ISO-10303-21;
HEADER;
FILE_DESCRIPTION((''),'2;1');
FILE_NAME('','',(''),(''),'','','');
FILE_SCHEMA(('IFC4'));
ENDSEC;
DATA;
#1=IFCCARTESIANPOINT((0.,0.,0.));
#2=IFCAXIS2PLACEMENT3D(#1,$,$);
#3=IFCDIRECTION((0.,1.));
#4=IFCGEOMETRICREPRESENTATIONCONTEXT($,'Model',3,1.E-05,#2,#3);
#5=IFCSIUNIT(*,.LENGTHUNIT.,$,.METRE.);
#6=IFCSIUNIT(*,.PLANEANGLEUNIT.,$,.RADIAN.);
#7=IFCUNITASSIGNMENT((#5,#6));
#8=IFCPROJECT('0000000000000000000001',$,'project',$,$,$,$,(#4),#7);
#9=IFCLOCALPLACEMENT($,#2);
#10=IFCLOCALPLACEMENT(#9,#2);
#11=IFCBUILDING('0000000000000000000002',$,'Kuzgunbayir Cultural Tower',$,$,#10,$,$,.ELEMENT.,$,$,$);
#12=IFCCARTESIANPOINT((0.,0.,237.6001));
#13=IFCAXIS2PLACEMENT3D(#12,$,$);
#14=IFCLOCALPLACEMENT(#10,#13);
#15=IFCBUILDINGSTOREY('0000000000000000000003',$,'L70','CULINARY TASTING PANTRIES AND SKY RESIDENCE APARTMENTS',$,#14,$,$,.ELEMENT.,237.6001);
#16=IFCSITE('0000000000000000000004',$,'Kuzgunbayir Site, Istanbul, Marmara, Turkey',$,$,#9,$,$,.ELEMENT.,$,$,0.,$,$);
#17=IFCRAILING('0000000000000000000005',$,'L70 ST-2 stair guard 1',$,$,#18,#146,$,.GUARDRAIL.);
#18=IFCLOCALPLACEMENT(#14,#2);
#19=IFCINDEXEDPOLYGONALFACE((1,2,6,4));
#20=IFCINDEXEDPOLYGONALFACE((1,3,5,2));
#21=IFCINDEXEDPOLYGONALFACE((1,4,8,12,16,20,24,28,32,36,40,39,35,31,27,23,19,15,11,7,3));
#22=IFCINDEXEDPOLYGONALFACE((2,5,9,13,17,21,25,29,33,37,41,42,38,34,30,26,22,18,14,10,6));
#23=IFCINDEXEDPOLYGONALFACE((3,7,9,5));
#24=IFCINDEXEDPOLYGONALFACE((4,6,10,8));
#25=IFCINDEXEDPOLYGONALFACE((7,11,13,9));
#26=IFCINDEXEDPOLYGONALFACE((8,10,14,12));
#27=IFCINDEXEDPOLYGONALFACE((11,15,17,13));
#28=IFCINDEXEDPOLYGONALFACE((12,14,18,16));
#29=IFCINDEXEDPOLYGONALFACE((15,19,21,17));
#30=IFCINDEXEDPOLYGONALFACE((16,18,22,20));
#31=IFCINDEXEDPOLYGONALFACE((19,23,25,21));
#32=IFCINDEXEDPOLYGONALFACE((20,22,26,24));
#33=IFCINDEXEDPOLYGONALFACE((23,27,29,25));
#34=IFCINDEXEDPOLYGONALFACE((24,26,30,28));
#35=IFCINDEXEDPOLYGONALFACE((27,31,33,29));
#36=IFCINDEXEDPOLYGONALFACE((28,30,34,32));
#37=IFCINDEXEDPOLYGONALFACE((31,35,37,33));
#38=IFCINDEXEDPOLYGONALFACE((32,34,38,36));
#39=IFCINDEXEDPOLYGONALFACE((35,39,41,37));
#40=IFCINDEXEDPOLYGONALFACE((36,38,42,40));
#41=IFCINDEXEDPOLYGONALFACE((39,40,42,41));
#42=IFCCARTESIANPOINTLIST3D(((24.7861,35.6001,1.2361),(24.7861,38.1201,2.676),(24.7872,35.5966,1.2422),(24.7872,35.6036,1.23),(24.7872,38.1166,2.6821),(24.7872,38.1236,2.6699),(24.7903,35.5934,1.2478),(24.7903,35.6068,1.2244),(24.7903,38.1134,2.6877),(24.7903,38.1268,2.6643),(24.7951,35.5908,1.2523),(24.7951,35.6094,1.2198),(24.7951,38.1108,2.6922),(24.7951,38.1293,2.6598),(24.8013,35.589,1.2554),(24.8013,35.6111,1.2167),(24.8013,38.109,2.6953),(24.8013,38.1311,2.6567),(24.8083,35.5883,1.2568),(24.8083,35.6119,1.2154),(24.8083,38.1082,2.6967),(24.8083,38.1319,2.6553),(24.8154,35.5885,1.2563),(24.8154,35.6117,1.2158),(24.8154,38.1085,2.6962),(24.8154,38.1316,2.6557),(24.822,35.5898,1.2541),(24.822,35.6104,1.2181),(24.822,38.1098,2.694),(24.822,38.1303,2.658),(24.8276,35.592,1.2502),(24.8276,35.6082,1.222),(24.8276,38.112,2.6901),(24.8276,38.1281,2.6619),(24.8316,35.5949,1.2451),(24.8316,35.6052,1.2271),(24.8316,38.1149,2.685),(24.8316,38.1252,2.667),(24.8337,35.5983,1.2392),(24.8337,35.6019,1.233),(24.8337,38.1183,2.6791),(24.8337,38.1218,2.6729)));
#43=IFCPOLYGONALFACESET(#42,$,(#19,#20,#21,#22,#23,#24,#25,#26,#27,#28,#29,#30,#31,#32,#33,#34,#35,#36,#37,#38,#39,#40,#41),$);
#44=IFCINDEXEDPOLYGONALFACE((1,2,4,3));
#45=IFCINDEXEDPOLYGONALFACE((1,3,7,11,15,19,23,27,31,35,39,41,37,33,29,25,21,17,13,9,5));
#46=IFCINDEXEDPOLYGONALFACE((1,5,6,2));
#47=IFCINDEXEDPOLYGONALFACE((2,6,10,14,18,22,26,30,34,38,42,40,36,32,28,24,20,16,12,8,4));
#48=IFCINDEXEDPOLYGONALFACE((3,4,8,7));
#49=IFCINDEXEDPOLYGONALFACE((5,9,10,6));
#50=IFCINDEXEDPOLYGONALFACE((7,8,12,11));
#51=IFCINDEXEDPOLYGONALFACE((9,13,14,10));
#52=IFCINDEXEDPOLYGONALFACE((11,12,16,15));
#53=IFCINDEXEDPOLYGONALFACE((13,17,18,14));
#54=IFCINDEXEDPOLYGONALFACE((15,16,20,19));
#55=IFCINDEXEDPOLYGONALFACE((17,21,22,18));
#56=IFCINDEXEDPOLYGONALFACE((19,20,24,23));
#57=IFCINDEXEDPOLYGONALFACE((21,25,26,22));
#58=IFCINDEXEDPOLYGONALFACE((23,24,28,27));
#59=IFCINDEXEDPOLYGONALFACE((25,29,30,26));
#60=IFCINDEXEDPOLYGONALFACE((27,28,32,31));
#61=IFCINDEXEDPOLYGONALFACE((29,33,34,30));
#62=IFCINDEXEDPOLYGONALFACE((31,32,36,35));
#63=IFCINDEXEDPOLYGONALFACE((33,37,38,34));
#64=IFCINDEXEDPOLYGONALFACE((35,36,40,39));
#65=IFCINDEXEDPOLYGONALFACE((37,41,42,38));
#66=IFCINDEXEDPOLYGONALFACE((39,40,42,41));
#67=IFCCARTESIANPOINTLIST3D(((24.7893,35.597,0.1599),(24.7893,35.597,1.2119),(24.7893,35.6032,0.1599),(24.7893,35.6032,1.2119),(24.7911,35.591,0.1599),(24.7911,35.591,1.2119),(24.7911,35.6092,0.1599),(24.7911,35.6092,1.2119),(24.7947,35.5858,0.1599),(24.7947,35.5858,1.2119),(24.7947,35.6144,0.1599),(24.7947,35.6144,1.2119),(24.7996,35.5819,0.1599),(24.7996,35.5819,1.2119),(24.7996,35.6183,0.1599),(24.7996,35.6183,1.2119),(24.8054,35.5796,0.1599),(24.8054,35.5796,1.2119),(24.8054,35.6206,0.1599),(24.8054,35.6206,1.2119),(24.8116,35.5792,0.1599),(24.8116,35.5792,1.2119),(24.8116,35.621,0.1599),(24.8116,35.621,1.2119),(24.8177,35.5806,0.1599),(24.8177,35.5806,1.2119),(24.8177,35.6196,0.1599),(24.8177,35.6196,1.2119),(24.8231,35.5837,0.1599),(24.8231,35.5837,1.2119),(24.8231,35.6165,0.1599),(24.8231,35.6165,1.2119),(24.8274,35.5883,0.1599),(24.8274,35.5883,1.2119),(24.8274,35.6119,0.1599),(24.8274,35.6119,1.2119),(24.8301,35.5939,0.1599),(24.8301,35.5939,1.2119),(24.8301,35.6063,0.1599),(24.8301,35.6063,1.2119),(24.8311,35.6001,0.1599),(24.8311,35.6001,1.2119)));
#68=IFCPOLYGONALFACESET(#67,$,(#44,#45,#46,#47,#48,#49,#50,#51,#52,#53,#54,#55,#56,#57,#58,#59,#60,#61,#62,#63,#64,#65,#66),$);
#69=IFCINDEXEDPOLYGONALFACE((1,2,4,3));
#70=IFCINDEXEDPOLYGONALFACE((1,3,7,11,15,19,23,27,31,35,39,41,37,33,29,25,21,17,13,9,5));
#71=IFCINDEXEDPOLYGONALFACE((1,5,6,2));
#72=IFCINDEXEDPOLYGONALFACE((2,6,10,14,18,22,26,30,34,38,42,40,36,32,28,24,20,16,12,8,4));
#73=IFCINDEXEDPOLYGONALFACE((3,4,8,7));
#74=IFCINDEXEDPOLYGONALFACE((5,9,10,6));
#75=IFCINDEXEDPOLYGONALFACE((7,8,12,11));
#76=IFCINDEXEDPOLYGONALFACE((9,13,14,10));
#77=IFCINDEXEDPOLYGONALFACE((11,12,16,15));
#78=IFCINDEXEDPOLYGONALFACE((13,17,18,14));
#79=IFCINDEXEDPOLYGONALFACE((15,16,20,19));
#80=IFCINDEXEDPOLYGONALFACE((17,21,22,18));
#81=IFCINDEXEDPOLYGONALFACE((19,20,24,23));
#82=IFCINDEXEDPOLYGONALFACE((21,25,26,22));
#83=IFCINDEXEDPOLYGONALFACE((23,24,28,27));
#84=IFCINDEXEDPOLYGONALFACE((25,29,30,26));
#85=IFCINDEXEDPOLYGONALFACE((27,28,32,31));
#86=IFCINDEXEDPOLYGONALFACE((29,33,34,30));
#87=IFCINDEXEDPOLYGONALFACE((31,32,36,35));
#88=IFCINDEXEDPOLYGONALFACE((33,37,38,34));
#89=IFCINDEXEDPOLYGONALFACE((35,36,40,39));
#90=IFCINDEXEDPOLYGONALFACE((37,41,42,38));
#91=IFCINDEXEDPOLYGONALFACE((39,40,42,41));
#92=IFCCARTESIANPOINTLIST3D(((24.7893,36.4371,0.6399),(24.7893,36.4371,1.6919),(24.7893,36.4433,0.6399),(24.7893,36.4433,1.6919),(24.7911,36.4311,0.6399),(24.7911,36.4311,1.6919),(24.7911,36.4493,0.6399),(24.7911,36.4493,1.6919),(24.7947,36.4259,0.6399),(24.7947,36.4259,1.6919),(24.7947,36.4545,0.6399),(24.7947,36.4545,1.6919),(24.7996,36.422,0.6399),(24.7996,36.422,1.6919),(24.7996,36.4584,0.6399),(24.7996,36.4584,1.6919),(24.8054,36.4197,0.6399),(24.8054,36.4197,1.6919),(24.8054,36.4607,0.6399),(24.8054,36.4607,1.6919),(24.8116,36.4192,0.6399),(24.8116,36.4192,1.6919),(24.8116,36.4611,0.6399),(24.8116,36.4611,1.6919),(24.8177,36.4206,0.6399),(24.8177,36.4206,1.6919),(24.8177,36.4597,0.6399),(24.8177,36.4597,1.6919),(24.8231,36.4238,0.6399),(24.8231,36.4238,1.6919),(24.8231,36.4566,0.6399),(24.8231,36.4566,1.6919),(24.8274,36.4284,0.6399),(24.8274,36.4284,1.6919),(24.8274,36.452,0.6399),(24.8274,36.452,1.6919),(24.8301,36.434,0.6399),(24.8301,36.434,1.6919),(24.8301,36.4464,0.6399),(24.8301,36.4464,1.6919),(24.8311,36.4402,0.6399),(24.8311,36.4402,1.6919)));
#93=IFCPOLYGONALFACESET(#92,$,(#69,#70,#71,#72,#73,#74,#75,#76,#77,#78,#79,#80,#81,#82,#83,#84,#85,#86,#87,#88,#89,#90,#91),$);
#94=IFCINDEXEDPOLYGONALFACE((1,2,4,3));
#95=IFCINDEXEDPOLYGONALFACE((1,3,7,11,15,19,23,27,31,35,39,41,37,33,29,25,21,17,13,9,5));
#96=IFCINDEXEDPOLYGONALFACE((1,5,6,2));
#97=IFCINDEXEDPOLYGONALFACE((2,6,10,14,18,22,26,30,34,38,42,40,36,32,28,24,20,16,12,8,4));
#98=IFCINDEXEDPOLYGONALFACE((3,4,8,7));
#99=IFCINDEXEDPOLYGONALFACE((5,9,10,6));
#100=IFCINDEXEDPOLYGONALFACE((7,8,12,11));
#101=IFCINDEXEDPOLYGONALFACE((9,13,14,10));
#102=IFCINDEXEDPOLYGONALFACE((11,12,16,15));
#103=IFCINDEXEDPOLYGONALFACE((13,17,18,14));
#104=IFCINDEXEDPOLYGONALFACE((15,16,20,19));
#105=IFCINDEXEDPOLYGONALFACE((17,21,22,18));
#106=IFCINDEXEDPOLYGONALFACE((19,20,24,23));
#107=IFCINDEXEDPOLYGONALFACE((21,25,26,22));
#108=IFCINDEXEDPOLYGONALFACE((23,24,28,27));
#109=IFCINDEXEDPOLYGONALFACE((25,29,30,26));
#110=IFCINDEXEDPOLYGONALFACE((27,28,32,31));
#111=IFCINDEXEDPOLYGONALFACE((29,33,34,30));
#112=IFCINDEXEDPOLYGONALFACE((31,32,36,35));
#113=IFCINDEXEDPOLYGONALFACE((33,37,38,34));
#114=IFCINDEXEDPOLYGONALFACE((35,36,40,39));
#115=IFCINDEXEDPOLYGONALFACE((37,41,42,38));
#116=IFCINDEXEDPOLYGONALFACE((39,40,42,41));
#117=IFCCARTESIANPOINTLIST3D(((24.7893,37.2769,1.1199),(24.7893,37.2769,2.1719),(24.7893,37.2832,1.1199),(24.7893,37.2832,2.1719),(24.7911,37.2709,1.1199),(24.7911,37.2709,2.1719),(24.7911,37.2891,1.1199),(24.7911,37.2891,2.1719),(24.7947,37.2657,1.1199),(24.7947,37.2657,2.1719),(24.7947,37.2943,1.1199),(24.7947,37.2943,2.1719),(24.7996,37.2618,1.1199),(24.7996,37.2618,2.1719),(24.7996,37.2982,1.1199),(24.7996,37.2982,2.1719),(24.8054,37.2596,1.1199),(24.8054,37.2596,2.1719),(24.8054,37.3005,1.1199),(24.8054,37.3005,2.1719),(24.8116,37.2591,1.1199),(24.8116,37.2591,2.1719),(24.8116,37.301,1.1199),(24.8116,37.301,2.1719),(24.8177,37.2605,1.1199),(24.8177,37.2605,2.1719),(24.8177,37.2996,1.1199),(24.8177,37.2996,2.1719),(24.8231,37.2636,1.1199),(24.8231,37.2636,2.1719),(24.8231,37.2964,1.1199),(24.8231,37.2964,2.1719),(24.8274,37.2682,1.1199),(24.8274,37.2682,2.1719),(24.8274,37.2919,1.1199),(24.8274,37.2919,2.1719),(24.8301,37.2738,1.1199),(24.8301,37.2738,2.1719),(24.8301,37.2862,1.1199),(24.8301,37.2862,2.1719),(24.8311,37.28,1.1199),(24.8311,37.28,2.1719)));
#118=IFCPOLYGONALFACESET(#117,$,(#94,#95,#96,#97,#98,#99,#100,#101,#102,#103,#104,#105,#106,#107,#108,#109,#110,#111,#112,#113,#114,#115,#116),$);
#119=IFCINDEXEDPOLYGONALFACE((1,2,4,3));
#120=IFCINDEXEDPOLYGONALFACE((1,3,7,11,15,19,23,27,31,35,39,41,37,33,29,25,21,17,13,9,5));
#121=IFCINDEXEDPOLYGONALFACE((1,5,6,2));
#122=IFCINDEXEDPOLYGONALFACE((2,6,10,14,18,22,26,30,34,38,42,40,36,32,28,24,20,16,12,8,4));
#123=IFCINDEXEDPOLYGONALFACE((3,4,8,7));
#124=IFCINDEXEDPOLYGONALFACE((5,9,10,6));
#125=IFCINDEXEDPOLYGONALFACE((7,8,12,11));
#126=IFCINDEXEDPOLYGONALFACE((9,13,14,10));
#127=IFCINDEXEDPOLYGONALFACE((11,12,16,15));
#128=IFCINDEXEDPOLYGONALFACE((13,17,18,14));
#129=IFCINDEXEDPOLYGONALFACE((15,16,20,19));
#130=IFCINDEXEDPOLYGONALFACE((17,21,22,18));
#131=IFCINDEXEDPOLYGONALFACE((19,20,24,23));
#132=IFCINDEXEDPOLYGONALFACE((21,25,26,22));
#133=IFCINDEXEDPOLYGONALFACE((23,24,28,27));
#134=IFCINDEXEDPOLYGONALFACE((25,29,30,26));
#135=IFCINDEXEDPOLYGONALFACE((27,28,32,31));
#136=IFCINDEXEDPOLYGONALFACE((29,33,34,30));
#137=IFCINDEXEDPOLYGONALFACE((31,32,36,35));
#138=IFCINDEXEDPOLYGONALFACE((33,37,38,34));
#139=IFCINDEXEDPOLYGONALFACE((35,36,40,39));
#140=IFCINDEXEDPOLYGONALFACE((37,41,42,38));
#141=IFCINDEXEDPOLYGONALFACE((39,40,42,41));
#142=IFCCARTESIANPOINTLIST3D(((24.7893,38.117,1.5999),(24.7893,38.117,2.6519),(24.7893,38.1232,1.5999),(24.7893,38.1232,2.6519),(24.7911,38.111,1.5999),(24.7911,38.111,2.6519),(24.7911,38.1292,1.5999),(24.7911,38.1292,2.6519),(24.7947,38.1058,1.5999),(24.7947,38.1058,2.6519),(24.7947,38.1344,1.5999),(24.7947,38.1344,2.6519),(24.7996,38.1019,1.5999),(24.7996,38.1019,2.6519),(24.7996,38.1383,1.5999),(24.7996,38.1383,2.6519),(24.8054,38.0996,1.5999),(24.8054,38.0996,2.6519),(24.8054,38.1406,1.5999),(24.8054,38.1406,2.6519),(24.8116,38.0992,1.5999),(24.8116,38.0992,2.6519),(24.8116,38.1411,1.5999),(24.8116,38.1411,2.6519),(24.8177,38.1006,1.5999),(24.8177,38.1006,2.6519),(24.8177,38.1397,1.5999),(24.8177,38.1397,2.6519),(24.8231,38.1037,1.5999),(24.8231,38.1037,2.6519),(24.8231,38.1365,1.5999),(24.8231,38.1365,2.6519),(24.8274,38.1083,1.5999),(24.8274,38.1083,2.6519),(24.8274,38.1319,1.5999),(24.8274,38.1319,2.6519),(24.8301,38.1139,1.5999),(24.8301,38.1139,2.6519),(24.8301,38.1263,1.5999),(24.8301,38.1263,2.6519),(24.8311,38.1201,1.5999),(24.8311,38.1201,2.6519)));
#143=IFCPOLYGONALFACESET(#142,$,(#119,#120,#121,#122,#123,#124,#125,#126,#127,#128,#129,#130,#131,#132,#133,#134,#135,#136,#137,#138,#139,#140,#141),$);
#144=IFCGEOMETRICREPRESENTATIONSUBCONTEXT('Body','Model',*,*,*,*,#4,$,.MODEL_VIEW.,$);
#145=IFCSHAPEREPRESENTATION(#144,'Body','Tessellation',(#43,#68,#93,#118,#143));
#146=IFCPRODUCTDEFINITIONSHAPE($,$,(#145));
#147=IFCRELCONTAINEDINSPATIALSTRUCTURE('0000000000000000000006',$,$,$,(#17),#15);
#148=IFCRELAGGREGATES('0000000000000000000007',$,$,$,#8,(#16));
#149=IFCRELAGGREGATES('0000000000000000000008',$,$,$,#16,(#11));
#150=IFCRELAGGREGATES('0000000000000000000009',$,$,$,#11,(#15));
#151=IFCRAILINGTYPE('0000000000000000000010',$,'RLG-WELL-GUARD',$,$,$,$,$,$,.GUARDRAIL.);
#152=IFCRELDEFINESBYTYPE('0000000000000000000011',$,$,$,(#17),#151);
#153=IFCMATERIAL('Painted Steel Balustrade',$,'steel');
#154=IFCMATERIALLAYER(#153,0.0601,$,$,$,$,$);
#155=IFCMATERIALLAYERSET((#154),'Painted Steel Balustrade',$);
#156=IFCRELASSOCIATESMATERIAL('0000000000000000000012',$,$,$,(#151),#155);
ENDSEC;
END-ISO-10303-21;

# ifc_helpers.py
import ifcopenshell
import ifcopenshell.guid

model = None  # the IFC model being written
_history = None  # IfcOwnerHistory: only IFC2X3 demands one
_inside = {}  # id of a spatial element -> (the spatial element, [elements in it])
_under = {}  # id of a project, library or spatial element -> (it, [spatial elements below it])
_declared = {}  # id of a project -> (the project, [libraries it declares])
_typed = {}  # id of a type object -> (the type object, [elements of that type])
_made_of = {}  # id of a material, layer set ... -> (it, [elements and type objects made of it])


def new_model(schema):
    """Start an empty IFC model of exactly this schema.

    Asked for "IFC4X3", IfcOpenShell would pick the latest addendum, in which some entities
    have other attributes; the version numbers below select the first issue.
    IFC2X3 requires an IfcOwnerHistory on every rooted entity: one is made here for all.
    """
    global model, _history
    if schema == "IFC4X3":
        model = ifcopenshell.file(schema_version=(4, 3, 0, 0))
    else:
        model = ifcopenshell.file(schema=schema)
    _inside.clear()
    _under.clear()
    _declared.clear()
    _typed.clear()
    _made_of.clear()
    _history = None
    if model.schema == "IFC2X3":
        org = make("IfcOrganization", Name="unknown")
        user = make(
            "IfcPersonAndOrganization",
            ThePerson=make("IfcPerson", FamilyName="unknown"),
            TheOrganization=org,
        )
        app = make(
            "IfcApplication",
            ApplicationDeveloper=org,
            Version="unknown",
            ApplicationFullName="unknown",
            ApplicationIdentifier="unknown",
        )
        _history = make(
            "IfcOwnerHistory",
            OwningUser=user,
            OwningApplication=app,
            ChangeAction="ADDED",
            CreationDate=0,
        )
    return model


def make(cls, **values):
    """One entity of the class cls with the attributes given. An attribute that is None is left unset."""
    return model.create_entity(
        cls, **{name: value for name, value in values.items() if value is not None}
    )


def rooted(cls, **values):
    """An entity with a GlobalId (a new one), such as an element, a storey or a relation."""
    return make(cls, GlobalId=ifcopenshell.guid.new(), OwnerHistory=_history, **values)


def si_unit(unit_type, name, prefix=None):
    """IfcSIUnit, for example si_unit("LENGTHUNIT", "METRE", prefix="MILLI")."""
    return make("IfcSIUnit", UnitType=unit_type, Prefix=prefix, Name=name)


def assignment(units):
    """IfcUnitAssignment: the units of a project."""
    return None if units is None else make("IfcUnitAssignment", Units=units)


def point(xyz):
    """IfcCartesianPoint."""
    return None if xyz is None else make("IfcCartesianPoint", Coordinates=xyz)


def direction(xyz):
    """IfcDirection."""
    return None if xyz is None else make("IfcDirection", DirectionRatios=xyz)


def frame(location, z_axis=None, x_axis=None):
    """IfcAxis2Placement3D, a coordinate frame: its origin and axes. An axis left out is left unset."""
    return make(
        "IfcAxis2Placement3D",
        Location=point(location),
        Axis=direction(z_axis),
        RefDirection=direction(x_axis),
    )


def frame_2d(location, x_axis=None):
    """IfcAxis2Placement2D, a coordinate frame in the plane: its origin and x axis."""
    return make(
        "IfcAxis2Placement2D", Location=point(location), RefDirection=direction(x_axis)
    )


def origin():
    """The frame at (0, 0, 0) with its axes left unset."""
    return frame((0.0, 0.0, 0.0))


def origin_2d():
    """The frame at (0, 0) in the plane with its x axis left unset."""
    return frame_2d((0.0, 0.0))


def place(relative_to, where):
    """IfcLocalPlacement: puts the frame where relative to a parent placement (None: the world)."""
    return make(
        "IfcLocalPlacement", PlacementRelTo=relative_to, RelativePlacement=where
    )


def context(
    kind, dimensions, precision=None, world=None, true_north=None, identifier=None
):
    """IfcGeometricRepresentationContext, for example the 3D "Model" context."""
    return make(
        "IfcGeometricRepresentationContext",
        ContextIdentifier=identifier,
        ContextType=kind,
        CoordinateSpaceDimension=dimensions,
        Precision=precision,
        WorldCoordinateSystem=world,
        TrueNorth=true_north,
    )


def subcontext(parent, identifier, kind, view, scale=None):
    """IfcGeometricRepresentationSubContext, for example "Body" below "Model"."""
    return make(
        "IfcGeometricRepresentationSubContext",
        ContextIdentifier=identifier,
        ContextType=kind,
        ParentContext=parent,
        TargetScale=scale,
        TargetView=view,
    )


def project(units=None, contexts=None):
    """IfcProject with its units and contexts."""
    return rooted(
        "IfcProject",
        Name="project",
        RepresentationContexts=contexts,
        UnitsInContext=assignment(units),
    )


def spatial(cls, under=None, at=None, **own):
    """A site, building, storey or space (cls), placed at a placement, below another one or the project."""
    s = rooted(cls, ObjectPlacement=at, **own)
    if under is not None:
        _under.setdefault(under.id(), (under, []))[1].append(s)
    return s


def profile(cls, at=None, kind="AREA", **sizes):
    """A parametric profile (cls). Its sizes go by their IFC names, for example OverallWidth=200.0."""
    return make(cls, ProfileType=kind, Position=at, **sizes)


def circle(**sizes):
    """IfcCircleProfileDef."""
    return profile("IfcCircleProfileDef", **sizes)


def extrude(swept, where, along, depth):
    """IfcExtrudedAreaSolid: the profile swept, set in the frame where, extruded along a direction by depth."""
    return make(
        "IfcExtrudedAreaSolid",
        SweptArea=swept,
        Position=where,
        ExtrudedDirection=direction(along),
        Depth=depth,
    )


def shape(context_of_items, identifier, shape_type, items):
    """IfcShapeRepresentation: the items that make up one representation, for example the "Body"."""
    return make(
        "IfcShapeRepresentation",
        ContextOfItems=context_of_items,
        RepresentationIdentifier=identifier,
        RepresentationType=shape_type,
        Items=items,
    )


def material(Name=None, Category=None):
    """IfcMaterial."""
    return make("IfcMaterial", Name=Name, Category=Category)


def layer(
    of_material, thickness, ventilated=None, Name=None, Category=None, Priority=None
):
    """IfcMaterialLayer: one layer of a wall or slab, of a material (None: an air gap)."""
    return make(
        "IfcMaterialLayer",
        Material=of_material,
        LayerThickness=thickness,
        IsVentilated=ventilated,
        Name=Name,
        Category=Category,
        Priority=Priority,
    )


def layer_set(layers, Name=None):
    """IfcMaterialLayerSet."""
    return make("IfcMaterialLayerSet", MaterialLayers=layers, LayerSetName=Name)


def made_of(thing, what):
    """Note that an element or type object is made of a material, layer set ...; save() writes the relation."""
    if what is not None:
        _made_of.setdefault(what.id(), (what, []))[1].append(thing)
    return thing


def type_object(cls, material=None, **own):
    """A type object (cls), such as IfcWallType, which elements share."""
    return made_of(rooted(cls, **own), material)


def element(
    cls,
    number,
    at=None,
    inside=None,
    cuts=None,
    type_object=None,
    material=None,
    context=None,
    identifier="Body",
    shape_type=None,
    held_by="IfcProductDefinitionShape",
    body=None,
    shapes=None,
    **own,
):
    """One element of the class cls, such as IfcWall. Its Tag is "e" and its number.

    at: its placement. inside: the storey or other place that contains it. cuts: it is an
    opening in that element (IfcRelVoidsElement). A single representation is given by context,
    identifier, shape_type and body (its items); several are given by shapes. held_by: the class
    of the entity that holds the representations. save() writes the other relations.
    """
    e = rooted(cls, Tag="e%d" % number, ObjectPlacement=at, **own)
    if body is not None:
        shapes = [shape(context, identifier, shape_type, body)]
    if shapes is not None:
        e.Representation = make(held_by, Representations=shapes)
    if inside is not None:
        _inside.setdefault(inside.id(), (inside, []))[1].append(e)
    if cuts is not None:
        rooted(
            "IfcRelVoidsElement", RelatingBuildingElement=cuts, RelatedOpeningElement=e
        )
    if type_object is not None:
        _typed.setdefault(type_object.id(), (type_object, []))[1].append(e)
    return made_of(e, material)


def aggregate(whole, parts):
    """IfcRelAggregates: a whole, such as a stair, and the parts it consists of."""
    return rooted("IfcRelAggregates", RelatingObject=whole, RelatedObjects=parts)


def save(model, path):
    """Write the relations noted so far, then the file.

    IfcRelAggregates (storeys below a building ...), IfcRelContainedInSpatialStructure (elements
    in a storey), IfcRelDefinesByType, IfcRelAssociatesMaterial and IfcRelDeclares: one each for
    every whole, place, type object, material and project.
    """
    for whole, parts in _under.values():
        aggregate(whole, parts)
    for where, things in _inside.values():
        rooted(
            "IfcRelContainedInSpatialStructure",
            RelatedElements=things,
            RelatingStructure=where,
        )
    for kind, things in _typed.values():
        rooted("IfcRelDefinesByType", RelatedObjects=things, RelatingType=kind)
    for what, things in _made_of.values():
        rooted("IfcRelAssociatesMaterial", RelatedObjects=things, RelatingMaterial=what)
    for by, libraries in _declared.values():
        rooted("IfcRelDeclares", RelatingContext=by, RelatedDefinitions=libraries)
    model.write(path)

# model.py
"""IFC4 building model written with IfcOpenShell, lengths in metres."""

from ifc_helpers import new_model, si_unit, direction, frame, origin, origin_2d, place, context, subcontext, project, spatial, circle, extrude, material, layer, layer_set, type_object, element, save


model = new_model("IFC4")

# Units and contexts
model_context = context("Model", 3, precision=1e-05, world=origin(), true_north=direction((0.0, 1.0)))
body_context = subcontext(model_context, "Body", "Model", "MODEL_VIEW")
ifc_project = project(units=[si_unit("LENGTHUNIT", "METRE"), si_unit("PLANEANGLEUNIT", "RADIAN")], contexts=[model_context])

# Site, building, storey
site_placement = place(None, origin())
site = spatial("IfcSite", under=ifc_project, at=site_placement, Name="Kuzgunbayir Site, Istanbul, Marmara, Turkey", CompositionType="ELEMENT", RefElevation=0.0)
building_placement = place(site_placement, origin())
building = spatial("IfcBuilding", under=site, at=building_placement, Name="Kuzgunbayir Cultural Tower", CompositionType="ELEMENT")
storey_placement = place(building_placement, frame((0.0, 0.0, 237.6001)))
storey = spatial("IfcBuildingStorey", under=building, at=storey_placement, Name="L70", Description="CULINARY TASTING PANTRIES AND SKY RESIDENCE APARTMENTS", CompositionType="ELEMENT", Elevation=237.6001)

# Railing
ifc_material_1 = material(Name="Painted Steel Balustrade", Category="steel")
ifc_layer_1 = layer(ifc_material_1, 0.0601)
ifc_layer_set_1 = layer_set([ifc_layer_1], Name="Painted Steel Balustrade")
railing_type_1 = type_object("IfcRailingType", Name="RLG-WELL-GUARD", PredefinedType="GUARDRAIL", material=ifc_layer_set_1)
railing_1_placement = place(storey_placement, frame((24.8101, 35.6001, 0.1599)))
element("IfcRailing", 1, at=railing_1_placement, inside=storey, type_object=railing_type_1, Name="L70 ST-2 stair guard 1", PredefinedType="GUARDRAIL", context=body_context, shape_type="SweptSolid", body=[
    extrude(circle(Radius=0.0239, at=origin_2d()), frame((0.0, 0.0, 1.0762), z_axis=(0.0, 0.868253, 0.496121), x_axis=(-1.0, 0.0, 0.0)), (0.0, 0.0, 1.0), 2.9023),
    extrude(circle(Radius=0.021, at=origin_2d()), origin(), (0.0, 0.0, 1.0), 1.052),
    extrude(circle(Radius=0.021, at=origin_2d()), frame((0.0, 0.8401, 0.48)), (0.0, 0.0, 1.0), 1.052),
    extrude(circle(Radius=0.021, at=origin_2d()), frame((0.0, 1.6799, 0.96)), (0.0, 0.0, 1.0), 1.052),
    extrude(circle(Radius=0.021, at=origin_2d()), frame((0.0, 2.52, 1.4399)), (0.0, 0.0, 1.0), 1.052),
])

save(model, "model.ifc")
